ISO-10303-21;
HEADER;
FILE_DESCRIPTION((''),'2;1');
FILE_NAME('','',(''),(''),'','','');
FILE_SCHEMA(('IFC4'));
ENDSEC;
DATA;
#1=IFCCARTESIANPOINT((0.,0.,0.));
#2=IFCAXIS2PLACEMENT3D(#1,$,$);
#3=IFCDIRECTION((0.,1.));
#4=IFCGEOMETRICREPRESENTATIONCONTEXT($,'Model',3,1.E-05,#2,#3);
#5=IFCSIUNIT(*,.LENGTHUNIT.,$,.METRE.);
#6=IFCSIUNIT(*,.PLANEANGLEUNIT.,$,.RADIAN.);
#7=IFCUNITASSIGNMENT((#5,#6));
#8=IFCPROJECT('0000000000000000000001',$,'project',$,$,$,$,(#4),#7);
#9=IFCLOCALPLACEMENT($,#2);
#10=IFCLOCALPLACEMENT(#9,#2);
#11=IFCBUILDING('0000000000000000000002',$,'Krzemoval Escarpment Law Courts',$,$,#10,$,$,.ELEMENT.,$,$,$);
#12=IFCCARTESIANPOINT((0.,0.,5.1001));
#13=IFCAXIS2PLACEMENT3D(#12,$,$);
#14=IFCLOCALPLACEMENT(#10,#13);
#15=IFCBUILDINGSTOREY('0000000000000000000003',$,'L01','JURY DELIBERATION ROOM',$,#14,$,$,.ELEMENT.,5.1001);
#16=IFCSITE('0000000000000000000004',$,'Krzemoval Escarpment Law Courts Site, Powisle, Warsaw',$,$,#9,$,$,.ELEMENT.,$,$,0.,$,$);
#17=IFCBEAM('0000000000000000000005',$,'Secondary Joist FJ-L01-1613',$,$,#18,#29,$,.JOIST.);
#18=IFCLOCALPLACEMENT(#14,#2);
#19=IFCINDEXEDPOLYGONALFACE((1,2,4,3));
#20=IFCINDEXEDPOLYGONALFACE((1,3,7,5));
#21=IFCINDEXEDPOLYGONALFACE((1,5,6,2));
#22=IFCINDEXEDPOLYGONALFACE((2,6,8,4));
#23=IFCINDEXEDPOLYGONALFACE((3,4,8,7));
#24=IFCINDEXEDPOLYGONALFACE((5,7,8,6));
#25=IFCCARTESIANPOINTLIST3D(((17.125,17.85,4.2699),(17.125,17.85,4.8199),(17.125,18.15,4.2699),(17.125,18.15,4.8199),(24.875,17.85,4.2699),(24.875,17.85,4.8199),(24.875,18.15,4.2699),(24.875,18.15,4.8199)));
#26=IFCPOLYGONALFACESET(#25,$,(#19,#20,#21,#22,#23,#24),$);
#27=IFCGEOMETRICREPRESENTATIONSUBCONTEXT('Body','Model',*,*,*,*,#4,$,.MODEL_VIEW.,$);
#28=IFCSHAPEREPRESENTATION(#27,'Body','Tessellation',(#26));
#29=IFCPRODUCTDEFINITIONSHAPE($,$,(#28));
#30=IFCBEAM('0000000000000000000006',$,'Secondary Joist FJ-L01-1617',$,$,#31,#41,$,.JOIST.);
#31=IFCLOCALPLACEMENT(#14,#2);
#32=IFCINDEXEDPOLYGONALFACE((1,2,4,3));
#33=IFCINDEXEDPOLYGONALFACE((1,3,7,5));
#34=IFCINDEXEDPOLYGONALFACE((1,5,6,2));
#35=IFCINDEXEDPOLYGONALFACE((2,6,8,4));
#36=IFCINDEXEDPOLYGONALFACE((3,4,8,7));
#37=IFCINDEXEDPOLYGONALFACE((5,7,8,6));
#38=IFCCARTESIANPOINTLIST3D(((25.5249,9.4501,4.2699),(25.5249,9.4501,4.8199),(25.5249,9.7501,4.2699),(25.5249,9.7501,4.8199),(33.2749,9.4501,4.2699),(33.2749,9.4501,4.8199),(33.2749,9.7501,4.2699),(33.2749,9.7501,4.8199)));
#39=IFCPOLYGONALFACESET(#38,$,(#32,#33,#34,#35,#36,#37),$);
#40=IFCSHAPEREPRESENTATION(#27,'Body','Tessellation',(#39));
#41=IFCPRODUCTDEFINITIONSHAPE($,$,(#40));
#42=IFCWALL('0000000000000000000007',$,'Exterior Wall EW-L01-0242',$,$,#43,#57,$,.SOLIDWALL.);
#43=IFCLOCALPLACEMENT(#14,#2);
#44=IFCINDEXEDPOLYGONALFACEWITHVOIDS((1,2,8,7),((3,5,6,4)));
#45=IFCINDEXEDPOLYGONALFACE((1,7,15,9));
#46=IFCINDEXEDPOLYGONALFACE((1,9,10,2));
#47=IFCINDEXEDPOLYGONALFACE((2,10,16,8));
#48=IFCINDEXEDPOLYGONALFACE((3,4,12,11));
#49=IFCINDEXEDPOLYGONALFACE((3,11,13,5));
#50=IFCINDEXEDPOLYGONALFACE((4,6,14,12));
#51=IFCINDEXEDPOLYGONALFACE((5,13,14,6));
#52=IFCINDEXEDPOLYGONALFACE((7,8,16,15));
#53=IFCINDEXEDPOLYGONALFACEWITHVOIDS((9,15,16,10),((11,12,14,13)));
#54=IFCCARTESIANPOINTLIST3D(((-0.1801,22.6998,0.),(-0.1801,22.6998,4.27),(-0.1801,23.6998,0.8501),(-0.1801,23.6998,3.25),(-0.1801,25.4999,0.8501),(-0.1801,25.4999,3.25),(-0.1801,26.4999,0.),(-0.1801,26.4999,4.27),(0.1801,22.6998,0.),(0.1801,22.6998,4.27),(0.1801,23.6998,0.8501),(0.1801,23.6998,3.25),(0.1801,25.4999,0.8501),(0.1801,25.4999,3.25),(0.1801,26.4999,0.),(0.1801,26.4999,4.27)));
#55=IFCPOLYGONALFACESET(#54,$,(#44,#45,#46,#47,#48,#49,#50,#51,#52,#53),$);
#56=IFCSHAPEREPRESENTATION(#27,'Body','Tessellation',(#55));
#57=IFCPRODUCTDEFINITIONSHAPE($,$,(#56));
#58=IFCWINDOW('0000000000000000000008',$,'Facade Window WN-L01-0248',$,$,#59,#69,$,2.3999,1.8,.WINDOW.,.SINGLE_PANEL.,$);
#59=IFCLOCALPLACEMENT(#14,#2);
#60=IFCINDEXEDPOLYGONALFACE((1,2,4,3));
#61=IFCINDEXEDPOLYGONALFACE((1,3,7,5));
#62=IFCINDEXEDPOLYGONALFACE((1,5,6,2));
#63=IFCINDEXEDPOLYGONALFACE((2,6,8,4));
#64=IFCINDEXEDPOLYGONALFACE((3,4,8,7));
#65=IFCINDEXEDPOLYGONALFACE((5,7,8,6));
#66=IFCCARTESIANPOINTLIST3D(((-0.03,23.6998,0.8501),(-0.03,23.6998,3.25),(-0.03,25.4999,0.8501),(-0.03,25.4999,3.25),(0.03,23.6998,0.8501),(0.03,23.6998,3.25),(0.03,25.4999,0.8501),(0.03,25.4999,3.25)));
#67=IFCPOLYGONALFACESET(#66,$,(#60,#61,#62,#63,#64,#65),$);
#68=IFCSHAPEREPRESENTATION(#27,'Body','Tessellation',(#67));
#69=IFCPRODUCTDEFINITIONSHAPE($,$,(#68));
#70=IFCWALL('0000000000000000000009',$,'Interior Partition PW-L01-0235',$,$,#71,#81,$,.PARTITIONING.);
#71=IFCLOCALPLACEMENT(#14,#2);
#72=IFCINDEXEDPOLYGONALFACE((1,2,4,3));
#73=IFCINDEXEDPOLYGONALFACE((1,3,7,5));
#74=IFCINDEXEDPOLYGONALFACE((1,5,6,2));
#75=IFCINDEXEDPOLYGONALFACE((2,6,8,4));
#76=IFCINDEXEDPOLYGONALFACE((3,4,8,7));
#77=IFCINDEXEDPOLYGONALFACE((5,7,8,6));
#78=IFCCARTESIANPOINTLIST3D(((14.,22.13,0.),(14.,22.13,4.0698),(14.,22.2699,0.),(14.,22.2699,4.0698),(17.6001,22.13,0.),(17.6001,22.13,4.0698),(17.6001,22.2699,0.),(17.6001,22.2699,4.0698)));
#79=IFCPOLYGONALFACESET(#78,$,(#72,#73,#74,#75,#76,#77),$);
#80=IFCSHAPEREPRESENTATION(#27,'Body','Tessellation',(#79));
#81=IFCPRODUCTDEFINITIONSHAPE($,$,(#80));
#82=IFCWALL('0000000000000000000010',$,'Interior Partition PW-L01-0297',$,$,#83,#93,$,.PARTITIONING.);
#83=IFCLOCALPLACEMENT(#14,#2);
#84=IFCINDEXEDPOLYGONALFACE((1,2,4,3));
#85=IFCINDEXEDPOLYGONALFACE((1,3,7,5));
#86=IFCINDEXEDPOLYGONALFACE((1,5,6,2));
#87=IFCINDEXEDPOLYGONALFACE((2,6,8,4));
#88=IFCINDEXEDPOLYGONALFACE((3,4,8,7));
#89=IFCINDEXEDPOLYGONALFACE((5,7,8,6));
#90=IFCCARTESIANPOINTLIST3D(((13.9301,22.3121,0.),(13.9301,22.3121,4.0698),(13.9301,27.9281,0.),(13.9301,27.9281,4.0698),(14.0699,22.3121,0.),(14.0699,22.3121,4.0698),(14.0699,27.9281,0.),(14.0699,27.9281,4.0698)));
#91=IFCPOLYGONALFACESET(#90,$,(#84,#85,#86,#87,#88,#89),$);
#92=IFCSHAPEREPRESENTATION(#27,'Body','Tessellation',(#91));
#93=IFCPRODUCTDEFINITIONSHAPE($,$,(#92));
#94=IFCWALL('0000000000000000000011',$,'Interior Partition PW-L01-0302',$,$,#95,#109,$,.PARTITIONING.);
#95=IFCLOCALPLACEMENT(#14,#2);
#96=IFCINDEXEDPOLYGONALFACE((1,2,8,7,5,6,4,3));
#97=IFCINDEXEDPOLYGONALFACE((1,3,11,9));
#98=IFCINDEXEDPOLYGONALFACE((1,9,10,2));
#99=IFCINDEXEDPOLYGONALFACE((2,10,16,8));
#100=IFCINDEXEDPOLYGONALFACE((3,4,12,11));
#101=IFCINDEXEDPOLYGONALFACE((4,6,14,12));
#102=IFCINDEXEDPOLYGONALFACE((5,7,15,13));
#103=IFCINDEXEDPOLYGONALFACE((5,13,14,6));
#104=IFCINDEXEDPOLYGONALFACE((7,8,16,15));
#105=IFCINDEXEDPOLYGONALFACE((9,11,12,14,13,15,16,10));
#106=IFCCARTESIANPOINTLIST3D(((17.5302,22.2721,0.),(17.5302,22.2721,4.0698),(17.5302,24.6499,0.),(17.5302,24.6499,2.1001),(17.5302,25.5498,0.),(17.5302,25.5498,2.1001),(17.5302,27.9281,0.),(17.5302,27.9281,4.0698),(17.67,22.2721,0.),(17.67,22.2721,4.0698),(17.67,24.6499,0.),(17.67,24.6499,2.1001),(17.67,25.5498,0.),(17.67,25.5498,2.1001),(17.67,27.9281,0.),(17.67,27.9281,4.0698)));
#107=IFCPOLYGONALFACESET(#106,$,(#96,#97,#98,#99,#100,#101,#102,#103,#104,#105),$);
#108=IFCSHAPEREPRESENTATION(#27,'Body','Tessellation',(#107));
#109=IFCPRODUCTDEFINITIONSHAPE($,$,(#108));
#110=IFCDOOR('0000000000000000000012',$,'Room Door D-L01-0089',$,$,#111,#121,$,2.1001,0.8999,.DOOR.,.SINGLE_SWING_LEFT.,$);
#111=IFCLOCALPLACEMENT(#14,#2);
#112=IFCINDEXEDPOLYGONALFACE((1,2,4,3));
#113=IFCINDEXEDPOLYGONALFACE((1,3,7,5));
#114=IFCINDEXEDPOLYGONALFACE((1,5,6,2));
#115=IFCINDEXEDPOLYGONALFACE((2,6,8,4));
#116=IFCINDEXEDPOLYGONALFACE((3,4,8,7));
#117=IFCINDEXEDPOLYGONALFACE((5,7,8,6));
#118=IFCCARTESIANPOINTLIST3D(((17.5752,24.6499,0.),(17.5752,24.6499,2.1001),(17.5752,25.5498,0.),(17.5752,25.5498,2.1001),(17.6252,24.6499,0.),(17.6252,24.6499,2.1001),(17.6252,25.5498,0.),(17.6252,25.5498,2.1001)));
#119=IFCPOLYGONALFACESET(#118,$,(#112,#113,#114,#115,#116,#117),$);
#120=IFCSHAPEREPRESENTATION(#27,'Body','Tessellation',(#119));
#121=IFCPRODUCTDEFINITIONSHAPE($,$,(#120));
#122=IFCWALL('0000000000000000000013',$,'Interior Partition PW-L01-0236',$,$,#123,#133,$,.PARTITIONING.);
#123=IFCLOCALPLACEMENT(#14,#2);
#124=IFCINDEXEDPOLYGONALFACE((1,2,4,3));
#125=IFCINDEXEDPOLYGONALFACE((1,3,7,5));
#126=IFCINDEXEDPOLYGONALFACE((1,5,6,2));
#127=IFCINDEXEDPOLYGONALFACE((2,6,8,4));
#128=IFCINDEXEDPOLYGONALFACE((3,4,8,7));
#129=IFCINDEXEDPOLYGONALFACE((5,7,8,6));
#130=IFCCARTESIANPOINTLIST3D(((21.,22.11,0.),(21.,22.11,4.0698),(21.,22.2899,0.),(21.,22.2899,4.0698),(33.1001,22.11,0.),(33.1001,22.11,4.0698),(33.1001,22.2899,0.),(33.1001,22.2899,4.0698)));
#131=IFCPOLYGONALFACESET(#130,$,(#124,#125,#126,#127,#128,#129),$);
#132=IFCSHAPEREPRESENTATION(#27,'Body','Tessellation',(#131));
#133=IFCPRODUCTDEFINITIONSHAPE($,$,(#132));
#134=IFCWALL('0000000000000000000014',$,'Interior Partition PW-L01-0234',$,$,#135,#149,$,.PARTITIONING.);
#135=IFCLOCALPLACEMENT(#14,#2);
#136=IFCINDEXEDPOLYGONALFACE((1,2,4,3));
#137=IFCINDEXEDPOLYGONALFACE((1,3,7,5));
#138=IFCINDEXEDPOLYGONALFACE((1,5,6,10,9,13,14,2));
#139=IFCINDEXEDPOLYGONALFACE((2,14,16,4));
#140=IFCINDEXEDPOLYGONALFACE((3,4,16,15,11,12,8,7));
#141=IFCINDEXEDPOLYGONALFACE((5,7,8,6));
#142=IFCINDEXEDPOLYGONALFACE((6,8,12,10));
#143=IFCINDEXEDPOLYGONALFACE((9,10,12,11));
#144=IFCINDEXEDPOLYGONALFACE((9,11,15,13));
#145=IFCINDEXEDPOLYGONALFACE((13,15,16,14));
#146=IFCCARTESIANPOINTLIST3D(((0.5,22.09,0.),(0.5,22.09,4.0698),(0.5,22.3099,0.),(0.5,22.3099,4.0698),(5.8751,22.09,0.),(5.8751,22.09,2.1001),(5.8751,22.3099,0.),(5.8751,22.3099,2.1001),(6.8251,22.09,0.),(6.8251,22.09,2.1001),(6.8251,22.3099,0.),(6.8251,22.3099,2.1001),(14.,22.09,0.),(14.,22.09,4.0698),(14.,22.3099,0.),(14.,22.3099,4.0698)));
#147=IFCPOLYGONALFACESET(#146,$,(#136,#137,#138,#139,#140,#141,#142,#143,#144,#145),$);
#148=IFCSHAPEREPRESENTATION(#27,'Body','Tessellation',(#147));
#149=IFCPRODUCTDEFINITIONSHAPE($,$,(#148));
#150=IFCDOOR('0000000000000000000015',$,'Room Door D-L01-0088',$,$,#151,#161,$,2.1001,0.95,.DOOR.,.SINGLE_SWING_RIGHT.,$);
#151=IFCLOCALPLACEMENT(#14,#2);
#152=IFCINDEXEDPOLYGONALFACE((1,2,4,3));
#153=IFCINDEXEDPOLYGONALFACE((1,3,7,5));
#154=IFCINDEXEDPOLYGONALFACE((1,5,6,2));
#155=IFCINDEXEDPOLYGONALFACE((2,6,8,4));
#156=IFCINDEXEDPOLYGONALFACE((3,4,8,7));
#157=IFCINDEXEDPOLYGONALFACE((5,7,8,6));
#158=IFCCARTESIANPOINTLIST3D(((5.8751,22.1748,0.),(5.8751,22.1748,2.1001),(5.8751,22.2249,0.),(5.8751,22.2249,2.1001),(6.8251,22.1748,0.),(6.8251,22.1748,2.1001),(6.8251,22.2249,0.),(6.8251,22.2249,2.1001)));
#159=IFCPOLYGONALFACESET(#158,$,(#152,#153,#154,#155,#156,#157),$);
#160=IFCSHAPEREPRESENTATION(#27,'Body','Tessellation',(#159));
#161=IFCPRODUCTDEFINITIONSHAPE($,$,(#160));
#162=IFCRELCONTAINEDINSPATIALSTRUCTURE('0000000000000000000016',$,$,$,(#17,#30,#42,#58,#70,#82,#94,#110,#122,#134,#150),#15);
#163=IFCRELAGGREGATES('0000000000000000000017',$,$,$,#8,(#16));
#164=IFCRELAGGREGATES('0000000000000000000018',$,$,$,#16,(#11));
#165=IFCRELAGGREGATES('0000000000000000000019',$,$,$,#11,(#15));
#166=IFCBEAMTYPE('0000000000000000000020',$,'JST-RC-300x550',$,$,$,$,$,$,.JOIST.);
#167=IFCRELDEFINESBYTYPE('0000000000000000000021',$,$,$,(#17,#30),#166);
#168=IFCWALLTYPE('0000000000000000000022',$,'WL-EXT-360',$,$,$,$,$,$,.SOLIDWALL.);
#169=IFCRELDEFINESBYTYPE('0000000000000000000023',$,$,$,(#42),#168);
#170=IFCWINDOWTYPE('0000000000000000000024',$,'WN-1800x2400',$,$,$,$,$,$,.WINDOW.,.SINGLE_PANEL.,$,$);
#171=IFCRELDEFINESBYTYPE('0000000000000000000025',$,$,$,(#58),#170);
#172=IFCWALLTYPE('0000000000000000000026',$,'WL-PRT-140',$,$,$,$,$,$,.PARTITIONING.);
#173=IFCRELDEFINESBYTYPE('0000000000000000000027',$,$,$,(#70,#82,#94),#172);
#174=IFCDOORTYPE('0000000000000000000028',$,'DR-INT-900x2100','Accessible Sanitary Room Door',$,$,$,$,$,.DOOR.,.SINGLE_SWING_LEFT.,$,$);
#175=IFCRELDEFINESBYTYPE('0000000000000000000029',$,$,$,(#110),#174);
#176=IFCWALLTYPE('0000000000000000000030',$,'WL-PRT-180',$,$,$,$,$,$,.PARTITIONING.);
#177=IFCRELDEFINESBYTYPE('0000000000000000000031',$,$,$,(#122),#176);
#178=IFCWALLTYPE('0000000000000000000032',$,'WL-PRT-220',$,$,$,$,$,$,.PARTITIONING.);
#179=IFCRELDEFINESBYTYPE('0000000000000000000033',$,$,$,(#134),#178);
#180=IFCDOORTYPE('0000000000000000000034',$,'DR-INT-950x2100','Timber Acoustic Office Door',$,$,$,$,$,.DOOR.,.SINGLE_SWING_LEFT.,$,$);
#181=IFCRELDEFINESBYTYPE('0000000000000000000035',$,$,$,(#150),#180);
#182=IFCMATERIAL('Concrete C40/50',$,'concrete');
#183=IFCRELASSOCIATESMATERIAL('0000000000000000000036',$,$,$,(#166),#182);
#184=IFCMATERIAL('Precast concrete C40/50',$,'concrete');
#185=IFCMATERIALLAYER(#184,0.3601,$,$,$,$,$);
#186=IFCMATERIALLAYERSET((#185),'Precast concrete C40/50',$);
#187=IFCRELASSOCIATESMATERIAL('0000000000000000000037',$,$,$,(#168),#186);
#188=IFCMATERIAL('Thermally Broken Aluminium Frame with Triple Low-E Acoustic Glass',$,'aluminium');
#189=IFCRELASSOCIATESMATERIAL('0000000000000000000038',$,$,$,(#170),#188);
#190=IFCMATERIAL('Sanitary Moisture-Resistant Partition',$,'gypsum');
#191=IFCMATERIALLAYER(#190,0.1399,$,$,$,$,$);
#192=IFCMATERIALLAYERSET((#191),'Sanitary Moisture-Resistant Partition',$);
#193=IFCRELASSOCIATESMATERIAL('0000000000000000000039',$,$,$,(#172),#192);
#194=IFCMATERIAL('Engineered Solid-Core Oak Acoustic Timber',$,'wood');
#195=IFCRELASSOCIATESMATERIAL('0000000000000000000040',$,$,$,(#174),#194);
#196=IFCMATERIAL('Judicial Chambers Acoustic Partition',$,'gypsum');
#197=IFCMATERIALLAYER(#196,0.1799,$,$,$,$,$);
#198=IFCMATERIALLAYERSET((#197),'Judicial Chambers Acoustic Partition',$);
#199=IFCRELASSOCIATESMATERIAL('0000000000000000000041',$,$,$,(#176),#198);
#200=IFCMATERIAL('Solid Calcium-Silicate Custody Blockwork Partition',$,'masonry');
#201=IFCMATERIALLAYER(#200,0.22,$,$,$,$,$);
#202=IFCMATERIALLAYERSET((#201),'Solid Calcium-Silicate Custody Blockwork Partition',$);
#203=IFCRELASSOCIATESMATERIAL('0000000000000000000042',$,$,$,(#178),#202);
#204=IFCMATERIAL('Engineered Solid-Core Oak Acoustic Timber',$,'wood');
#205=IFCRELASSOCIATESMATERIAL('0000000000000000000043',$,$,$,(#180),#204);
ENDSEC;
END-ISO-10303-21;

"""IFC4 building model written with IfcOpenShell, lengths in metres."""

from ifc_helpers import new_model, si_unit, direction, frame, frame_2d, origin, origin_2d, place, context, subcontext, project, spatial, rectangle, extrude, material, layer, layer_set, material_profile, profile_set, type_object, element, fill, save


model = new_model("IFC4")

# Units and contexts
model_context = context("Model", 3, precision=1e-05, world=origin(), true_north=direction((0.0, 1.0)))
body_context = subcontext(model_context, "Body", "Model", "MODEL_VIEW")
ifc_project = project(units=[si_unit("LENGTHUNIT", "METRE"), si_unit("PLANEANGLEUNIT", "RADIAN")], contexts=[model_context])

# Site, building, storey
site_placement = place(None, origin())
site = spatial("IfcSite", under=ifc_project, at=site_placement, Name="Krzemoval Escarpment Law Courts Site, Powisle, Warsaw", CompositionType="ELEMENT", RefElevation=0.0)
building_placement = place(site_placement, origin())
building = spatial("IfcBuilding", under=site, at=building_placement, Name="Krzemoval Escarpment Law Courts", CompositionType="ELEMENT")
storey_placement = place(building_placement, frame((0.0, 0.0, 5.1001)))
storey = spatial("IfcBuildingStorey", under=building, at=storey_placement, Name="L01", Description="JURY DELIBERATION ROOM", CompositionType="ELEMENT", Elevation=5.1001)

# Beams
ifc_material_1 = material(Name="Concrete C40/50", Category="concrete")
ifc_material_profile_1 = material_profile(ifc_material_1, rectangle(XDim=0.3, YDim=0.55, at=origin_2d()), Name="RCB 300x550")
ifc_profile_set_1 = profile_set([ifc_material_profile_1], Name="Concrete C40/50")
beam_type_1 = type_object("IfcBeamType", Name="JST-RC-300x550", PredefinedType="JOIST", material=ifc_profile_set_1)
for number, where, z_axis, x_axis, name in (
    (1, (17.125, 18.0, 4.5449), (1.0, 0.0, 0.0), (0.0, 1.0, 0.0), "Secondary Joist FJ-L01-1613"),
    (2, (25.5249, 9.6001, 4.5449), (1.0, 0.0, 0.0), (0.0, 1.0, 0.0), "Secondary Joist FJ-L01-1617"),
):
    element("IfcBeam", number, at=place(storey_placement, frame(where, z_axis=z_axis, x_axis=x_axis)), inside=storey, type_object=beam_type_1, Name=name, PredefinedType="JOIST", context=body_context, shape_type="SweptSolid", body=[
        extrude(rectangle(XDim=0.3, YDim=0.55, at=origin_2d()), origin(), (0.0, 0.0, 1.0), 7.75),
    ])

# Wall, opening, window
ifc_material_2 = material(Name="Precast concrete C40/50", Category="concrete")
ifc_layer_1 = layer(ifc_material_2, 0.3601)
ifc_layer_set_1 = layer_set([ifc_layer_1], Name="Precast concrete C40/50")
wall_type_1 = type_object("IfcWallType", Name="WL-EXT-360", PredefinedType="SOLIDWALL", material=ifc_layer_set_1)
wall_1_placement = place(storey_placement, frame((0.0, 22.7, 0.0), z_axis=(0.0, 0.0, 1.0), x_axis=(0.0, 1.0, 0.0)))
wall_1 = element("IfcWall", 3, at=wall_1_placement, inside=storey, type_object=wall_type_1, Name="Exterior Wall EW-L01-0242", PredefinedType="SOLIDWALL", context=body_context, shape_type="SweptSolid", body=[
    extrude(rectangle(XDim=3.8, YDim=0.3601, at=frame_2d((1.8999, 0.0))), origin(), (0.0, 0.0, 1.0), 4.27),
])
opening_1_placement = place(wall_1_placement, frame((1.0, 0.0, 0.8501)))
opening_1 = element("IfcOpeningElement", 4, at=opening_1_placement, cuts=wall_1, PredefinedType="OPENING", context=body_context, shape_type="SweptSolid", body=[
    extrude(rectangle(XDim=1.8, YDim=2.3999, at=frame_2d((0.8999, 1.2))), frame((0.0, 0.1951, 0.0), z_axis=(0.0, -1.0, 0.0), x_axis=(1.0, 0.0, 0.0)), (0.0, 0.0, 1.0), 0.3901),
])
ifc_material_3 = material(Name="Thermally Broken Aluminium Frame with Triple Low-E Acoustic Glass", Category="aluminium")
window_type = type_object("IfcWindowType", Name="WN-1800x2400", PartitioningType="SINGLE_PANEL", PredefinedType="WINDOW", material=ifc_material_3)
window_placement = place(opening_1_placement, origin())
window = element("IfcWindow", 5, at=window_placement, inside=storey, type_object=window_type, Name="Facade Window WN-L01-0248", OverallHeight=2.3999, OverallWidth=1.8, PartitioningType="SINGLE_PANEL", PredefinedType="WINDOW", context=body_context, shape_type="SweptSolid", body=[
    extrude(rectangle(XDim=1.8, YDim=2.3999, at=frame_2d((0.8999, 1.2))), frame((0.0, 0.03, 0.0), z_axis=(0.0, -1.0, 0.0), x_axis=(1.0, 0.0, 0.0)), (0.0, 0.0, 1.0), 0.0601),
])
fill(opening_1, window)

# Walls
ifc_material_4 = material(Name="Sanitary Moisture-Resistant Partition", Category="gypsum")
ifc_layer_2 = layer(ifc_material_4, 0.1399)
ifc_layer_set_2 = layer_set([ifc_layer_2], Name="Sanitary Moisture-Resistant Partition")
wall_type_2 = type_object("IfcWallType", Name="WL-PRT-140", PredefinedType="PARTITIONING", material=ifc_layer_set_2)
wall_2_placement = place(storey_placement, frame((14.0, 22.2, 0.0), z_axis=(0.0, 0.0, 1.0), x_axis=(1.0, 0.0, 0.0)))
element("IfcWall", 6, at=wall_2_placement, inside=storey, type_object=wall_type_2, Name="Interior Partition PW-L01-0235", PredefinedType="PARTITIONING", context=body_context, shape_type="SweptSolid", body=[
    extrude(rectangle(XDim=3.6001, YDim=0.1399, at=frame_2d((1.8, 0.0))), origin(), (0.0, 0.0, 1.0), 4.0698),
])
wall_3_placement = place(storey_placement, frame((14.0, 22.312, 0.0), z_axis=(0.0, 0.0, 1.0), x_axis=(0.0, 1.0, 0.0)))
element("IfcWall", 7, at=wall_3_placement, inside=storey, type_object=wall_type_2, Name="Interior Partition PW-L01-0297", PredefinedType="PARTITIONING", context=body_context, shape_type="SweptSolid", body=[
    extrude(rectangle(XDim=5.616, YDim=0.1399, at=frame_2d((2.8081, 0.0))), origin(), (0.0, 0.0, 1.0), 4.0698),
])

# Wall, opening, door
wall_4_placement = place(storey_placement, frame((17.6001, 22.272, 0.0), z_axis=(0.0, 0.0, 1.0), x_axis=(0.0, 1.0, 0.0)))
wall_4 = element("IfcWall", 8, at=wall_4_placement, inside=storey, type_object=wall_type_2, Name="Interior Partition PW-L01-0302", PredefinedType="PARTITIONING", context=body_context, shape_type="SweptSolid", body=[
    extrude(rectangle(XDim=5.656, YDim=0.1399, at=frame_2d((2.8281, 0.0))), origin(), (0.0, 0.0, 1.0), 4.0698),
])
opening_2_placement = place(wall_4_placement, frame((2.3779, 0.0, 0.0)))
opening_2 = element("IfcOpeningElement", 9, at=opening_2_placement, cuts=wall_4, PredefinedType="OPENING", context=body_context, shape_type="SweptSolid", body=[
    extrude(rectangle(XDim=0.8999, YDim=2.1001, at=frame_2d((0.45, 1.05))), frame((0.0, 0.0849, 0.0), z_axis=(0.0, -1.0, 0.0), x_axis=(1.0, 0.0, 0.0)), (0.0, 0.0, 1.0), 0.1699),
])
ifc_material_5 = material(Name="Engineered Solid-Core Oak Acoustic Timber", Category="wood")
door_type_1 = type_object("IfcDoorType", Name="DR-INT-900x2100", Description="Accessible Sanitary Room Door", OperationType="SINGLE_SWING_LEFT", PredefinedType="DOOR", material=ifc_material_5)
door_1_placement = place(opening_2_placement, origin())
door_1 = element("IfcDoor", 10, at=door_1_placement, inside=storey, type_object=door_type_1, Name="Room Door D-L01-0089", OperationType="SINGLE_SWING_LEFT", OverallHeight=2.1001, OverallWidth=0.8999, PredefinedType="DOOR", context=body_context, shape_type="SweptSolid", body=[
    extrude(rectangle(XDim=0.8999, YDim=2.1001, at=frame_2d((0.45, 1.05))), frame((0.0, 0.0249, 0.0), z_axis=(0.0, -1.0, 0.0), x_axis=(1.0, 0.0, 0.0)), (0.0, 0.0, 1.0), 0.05),
])
fill(opening_2, door_1)

# Wall
ifc_material_6 = material(Name="Judicial Chambers Acoustic Partition", Category="gypsum")
ifc_layer_3 = layer(ifc_material_6, 0.1799)
ifc_layer_set_3 = layer_set([ifc_layer_3], Name="Judicial Chambers Acoustic Partition")
wall_type_3 = type_object("IfcWallType", Name="WL-PRT-180", PredefinedType="PARTITIONING", material=ifc_layer_set_3)
wall_5_placement = place(storey_placement, frame((21.0, 22.2, 0.0), z_axis=(0.0, 0.0, 1.0), x_axis=(1.0, 0.0, 0.0)))
element("IfcWall", 11, at=wall_5_placement, inside=storey, type_object=wall_type_3, Name="Interior Partition PW-L01-0236", PredefinedType="PARTITIONING", context=body_context, shape_type="SweptSolid", body=[
    extrude(rectangle(XDim=12.1001, YDim=0.1799, at=frame_2d((6.05, 0.0))), origin(), (0.0, 0.0, 1.0), 4.0698),
])

# Wall, opening, door
ifc_material_7 = material(Name="Solid Calcium-Silicate Custody Blockwork Partition", Category="masonry")
ifc_layer_4 = layer(ifc_material_7, 0.22)
ifc_layer_set_4 = layer_set([ifc_layer_4], Name="Solid Calcium-Silicate Custody Blockwork Partition")
wall_type_4 = type_object("IfcWallType", Name="WL-PRT-220", PredefinedType="PARTITIONING", material=ifc_layer_set_4)
wall_6_placement = place(storey_placement, frame((0.5, 22.2, 0.0), z_axis=(0.0, 0.0, 1.0), x_axis=(1.0, 0.0, 0.0)))
wall_6 = element("IfcWall", 12, at=wall_6_placement, inside=storey, type_object=wall_type_4, Name="Interior Partition PW-L01-0234", PredefinedType="PARTITIONING", context=body_context, shape_type="SweptSolid", body=[
    extrude(rectangle(XDim=13.5, YDim=0.22, at=frame_2d((6.75, 0.0))), origin(), (0.0, 0.0, 1.0), 4.0698),
])
opening_3_placement = place(wall_6_placement, frame((5.375, 0.0, 0.0)))
opening_3 = element("IfcOpeningElement", 13, at=opening_3_placement, cuts=wall_6, PredefinedType="OPENING", context=body_context, shape_type="SweptSolid", body=[
    extrude(rectangle(XDim=0.95, YDim=2.1001, at=frame_2d((0.4751, 1.05))), frame((0.0, 0.125, 0.0), z_axis=(0.0, -1.0, 0.0), x_axis=(1.0, 0.0, 0.0)), (0.0, 0.0, 1.0), 0.25),
])
ifc_material_8 = material(Name="Engineered Solid-Core Oak Acoustic Timber", Category="wood")
door_type_2 = type_object("IfcDoorType", Name="DR-INT-950x2100", Description="Timber Acoustic Office Door", OperationType="SINGLE_SWING_LEFT", PredefinedType="DOOR", material=ifc_material_8)
door_2_placement = place(opening_3_placement, origin())
door_2 = element("IfcDoor", 14, at=door_2_placement, inside=storey, type_object=door_type_2, Name="Room Door D-L01-0088", OperationType="SINGLE_SWING_RIGHT", OverallHeight=2.1001, OverallWidth=0.95, PredefinedType="DOOR", context=body_context, shape_type="SweptSolid", body=[
    extrude(rectangle(XDim=0.95, YDim=2.1001, at=frame_2d((0.4751, 1.05))), frame((0.0, 0.0249, 0.0), z_axis=(0.0, -1.0, 0.0), x_axis=(1.0, 0.0, 0.0)), (0.0, 0.0, 1.0), 0.05),
])
fill(opening_3, door_2)

save(model, "model.ifc")
